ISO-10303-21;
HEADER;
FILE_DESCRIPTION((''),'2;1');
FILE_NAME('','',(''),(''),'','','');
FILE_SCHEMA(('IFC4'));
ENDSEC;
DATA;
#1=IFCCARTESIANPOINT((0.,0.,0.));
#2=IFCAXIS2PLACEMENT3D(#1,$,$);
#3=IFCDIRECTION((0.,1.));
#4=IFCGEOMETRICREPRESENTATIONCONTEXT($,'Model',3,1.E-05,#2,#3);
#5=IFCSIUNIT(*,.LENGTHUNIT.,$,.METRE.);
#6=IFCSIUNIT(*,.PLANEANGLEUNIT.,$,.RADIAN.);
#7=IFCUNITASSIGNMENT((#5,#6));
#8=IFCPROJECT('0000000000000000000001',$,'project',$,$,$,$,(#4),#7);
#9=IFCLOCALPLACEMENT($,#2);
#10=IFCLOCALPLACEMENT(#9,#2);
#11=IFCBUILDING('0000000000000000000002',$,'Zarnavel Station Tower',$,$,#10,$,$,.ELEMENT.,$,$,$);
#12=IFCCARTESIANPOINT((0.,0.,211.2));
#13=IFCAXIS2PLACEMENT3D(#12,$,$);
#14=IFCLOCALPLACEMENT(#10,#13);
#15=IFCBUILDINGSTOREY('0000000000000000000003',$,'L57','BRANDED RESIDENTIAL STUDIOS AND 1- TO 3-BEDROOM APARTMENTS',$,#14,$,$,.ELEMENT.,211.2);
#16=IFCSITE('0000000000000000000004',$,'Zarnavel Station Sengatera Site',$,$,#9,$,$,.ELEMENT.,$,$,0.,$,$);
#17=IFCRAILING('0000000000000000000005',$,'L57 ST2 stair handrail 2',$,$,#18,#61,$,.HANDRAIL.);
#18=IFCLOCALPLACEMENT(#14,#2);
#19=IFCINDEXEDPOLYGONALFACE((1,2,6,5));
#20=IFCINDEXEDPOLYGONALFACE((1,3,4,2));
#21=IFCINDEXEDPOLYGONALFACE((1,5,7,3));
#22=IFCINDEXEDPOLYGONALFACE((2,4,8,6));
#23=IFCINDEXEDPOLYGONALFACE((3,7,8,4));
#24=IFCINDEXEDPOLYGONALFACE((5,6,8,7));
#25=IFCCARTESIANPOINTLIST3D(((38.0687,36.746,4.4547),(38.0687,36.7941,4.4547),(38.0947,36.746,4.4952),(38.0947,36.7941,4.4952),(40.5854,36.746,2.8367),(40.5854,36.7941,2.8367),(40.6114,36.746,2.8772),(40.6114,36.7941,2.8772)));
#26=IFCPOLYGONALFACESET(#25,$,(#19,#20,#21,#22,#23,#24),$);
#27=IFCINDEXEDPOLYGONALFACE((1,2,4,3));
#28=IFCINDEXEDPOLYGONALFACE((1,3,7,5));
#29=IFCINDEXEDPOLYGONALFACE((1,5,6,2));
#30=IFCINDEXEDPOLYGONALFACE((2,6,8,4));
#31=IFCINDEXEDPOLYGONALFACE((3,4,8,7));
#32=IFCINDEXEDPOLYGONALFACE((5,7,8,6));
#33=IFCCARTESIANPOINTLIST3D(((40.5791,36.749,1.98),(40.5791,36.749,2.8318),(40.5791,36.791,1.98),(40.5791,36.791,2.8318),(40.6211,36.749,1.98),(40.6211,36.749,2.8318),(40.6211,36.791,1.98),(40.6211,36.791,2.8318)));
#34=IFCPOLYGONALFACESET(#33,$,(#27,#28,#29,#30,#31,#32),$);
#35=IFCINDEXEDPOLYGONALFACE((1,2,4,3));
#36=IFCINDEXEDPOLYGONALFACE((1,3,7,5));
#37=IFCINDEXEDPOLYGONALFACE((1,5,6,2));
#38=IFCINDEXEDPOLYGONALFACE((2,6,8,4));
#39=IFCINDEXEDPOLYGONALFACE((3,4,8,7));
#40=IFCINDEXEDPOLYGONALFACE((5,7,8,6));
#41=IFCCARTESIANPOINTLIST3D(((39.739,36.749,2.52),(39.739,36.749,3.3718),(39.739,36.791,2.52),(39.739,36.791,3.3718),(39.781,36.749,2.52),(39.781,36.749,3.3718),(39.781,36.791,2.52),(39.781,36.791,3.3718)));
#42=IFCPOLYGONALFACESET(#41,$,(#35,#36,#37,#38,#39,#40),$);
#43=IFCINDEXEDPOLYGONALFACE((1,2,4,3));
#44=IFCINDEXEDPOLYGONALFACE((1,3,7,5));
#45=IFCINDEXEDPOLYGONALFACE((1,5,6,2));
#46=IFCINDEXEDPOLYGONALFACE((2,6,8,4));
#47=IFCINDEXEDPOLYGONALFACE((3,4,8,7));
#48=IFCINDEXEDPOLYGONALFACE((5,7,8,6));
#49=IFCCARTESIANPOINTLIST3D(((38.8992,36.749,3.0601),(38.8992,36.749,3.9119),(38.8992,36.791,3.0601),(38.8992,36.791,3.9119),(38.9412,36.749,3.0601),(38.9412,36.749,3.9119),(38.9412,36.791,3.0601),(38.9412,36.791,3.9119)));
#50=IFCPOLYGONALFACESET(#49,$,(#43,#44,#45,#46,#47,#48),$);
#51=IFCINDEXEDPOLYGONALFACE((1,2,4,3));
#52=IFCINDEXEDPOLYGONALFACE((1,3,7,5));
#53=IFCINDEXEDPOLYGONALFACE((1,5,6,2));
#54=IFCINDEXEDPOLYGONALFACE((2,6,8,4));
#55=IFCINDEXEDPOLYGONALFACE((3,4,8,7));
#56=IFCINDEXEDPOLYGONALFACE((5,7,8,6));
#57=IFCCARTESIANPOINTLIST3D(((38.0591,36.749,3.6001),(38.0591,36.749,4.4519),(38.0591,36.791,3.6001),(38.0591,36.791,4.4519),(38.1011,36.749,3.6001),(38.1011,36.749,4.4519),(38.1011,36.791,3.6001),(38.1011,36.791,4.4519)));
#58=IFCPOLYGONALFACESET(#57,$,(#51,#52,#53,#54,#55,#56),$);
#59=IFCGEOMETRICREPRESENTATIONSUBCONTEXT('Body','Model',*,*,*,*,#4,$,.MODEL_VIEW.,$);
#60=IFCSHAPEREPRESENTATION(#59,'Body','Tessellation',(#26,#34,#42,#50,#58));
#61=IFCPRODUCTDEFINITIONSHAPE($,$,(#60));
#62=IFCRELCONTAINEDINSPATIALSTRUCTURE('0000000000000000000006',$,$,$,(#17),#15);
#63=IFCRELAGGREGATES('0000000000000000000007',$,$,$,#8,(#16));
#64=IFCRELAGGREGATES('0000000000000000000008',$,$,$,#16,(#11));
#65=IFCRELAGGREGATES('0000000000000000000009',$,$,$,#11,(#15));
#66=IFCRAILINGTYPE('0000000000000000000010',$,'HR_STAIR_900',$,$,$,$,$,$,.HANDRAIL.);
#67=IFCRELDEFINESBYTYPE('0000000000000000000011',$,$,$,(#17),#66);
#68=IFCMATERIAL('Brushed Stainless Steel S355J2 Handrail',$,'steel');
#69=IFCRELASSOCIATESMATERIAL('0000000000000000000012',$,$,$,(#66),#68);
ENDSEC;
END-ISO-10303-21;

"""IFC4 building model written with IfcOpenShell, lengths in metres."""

from ifc_helpers import new_model, si_unit, direction, frame, origin, origin_2d, place, context, subcontext, project, spatial, rectangle, extrude, material, type_object, element, save


model = new_model("IFC4")

# Units and contexts
model_context = context("Model", 3, precision=1e-05, world=origin(), true_north=direction((0.0, 1.0)))
body_context = subcontext(model_context, "Body", "Model", "MODEL_VIEW")
ifc_project = project(units=[si_unit("LENGTHUNIT", "METRE"), si_unit("PLANEANGLEUNIT", "RADIAN")], contexts=[model_context])

# Site, building, storey
site_placement = place(None, origin())
site = spatial("IfcSite", under=ifc_project, at=site_placement, Name="Zarnavel Station Sengatera Site", CompositionType="ELEMENT", RefElevation=0.0)
building_placement = place(site_placement, origin())
building = spatial("IfcBuilding", under=site, at=building_placement, Name="Zarnavel Station Tower", CompositionType="ELEMENT")
storey_placement = place(building_placement, frame((0.0, 0.0, 211.2)))
storey = spatial("IfcBuildingStorey", under=building, at=storey_placement, Name="L57", Description="BRANDED RESIDENTIAL STUDIOS AND 1- TO 3-BEDROOM APARTMENTS", CompositionType="ELEMENT", Elevation=211.2)

# Railing
ifc_material_1 = material(Name="Brushed Stainless Steel S355J2 Handrail", Category="steel")
railing_type_1 = type_object("IfcRailingType", Name="HR_STAIR_900", PredefinedType="HANDRAIL", material=ifc_material_1)
railing_1_placement = place(storey_placement, frame((40.6001, 36.77, 1.98)))
element("IfcRailing", 1, at=railing_1_placement, inside=storey, type_object=railing_type_1, Name="L57 ST2 stair handrail 2", PredefinedType="HANDRAIL", context=body_context, shape_type="SweptSolid", body=[
    extrude(rectangle(XDim=0.0481, YDim=0.0481, at=origin_2d()), frame((-0.0017, 0.0, 0.877), z_axis=(-0.841163, 0.0, 0.540782), x_axis=(0.0, -1.0, 0.0)), (0.0, 0.0, 1.0), 2.9919),
    extrude(rectangle(XDim=0.042, YDim=0.042, at=origin_2d()), origin(), (0.0, 0.0, 1.0), 0.8518),
    extrude(rectangle(XDim=0.042, YDim=0.042, at=origin_2d()), frame((-0.8401, 0.0, 0.54)), (0.0, 0.0, 1.0), 0.8518),
    extrude(rectangle(XDim=0.042, YDim=0.042, at=origin_2d()), frame((-1.6799, 0.0, 1.0801)), (0.0, 0.0, 1.0), 0.8518),
    extrude(rectangle(XDim=0.042, YDim=0.042, at=origin_2d()), frame((-2.52, 0.0, 1.6201)), (0.0, 0.0, 1.0), 0.8518),
])

save(model, "model.ifc")
